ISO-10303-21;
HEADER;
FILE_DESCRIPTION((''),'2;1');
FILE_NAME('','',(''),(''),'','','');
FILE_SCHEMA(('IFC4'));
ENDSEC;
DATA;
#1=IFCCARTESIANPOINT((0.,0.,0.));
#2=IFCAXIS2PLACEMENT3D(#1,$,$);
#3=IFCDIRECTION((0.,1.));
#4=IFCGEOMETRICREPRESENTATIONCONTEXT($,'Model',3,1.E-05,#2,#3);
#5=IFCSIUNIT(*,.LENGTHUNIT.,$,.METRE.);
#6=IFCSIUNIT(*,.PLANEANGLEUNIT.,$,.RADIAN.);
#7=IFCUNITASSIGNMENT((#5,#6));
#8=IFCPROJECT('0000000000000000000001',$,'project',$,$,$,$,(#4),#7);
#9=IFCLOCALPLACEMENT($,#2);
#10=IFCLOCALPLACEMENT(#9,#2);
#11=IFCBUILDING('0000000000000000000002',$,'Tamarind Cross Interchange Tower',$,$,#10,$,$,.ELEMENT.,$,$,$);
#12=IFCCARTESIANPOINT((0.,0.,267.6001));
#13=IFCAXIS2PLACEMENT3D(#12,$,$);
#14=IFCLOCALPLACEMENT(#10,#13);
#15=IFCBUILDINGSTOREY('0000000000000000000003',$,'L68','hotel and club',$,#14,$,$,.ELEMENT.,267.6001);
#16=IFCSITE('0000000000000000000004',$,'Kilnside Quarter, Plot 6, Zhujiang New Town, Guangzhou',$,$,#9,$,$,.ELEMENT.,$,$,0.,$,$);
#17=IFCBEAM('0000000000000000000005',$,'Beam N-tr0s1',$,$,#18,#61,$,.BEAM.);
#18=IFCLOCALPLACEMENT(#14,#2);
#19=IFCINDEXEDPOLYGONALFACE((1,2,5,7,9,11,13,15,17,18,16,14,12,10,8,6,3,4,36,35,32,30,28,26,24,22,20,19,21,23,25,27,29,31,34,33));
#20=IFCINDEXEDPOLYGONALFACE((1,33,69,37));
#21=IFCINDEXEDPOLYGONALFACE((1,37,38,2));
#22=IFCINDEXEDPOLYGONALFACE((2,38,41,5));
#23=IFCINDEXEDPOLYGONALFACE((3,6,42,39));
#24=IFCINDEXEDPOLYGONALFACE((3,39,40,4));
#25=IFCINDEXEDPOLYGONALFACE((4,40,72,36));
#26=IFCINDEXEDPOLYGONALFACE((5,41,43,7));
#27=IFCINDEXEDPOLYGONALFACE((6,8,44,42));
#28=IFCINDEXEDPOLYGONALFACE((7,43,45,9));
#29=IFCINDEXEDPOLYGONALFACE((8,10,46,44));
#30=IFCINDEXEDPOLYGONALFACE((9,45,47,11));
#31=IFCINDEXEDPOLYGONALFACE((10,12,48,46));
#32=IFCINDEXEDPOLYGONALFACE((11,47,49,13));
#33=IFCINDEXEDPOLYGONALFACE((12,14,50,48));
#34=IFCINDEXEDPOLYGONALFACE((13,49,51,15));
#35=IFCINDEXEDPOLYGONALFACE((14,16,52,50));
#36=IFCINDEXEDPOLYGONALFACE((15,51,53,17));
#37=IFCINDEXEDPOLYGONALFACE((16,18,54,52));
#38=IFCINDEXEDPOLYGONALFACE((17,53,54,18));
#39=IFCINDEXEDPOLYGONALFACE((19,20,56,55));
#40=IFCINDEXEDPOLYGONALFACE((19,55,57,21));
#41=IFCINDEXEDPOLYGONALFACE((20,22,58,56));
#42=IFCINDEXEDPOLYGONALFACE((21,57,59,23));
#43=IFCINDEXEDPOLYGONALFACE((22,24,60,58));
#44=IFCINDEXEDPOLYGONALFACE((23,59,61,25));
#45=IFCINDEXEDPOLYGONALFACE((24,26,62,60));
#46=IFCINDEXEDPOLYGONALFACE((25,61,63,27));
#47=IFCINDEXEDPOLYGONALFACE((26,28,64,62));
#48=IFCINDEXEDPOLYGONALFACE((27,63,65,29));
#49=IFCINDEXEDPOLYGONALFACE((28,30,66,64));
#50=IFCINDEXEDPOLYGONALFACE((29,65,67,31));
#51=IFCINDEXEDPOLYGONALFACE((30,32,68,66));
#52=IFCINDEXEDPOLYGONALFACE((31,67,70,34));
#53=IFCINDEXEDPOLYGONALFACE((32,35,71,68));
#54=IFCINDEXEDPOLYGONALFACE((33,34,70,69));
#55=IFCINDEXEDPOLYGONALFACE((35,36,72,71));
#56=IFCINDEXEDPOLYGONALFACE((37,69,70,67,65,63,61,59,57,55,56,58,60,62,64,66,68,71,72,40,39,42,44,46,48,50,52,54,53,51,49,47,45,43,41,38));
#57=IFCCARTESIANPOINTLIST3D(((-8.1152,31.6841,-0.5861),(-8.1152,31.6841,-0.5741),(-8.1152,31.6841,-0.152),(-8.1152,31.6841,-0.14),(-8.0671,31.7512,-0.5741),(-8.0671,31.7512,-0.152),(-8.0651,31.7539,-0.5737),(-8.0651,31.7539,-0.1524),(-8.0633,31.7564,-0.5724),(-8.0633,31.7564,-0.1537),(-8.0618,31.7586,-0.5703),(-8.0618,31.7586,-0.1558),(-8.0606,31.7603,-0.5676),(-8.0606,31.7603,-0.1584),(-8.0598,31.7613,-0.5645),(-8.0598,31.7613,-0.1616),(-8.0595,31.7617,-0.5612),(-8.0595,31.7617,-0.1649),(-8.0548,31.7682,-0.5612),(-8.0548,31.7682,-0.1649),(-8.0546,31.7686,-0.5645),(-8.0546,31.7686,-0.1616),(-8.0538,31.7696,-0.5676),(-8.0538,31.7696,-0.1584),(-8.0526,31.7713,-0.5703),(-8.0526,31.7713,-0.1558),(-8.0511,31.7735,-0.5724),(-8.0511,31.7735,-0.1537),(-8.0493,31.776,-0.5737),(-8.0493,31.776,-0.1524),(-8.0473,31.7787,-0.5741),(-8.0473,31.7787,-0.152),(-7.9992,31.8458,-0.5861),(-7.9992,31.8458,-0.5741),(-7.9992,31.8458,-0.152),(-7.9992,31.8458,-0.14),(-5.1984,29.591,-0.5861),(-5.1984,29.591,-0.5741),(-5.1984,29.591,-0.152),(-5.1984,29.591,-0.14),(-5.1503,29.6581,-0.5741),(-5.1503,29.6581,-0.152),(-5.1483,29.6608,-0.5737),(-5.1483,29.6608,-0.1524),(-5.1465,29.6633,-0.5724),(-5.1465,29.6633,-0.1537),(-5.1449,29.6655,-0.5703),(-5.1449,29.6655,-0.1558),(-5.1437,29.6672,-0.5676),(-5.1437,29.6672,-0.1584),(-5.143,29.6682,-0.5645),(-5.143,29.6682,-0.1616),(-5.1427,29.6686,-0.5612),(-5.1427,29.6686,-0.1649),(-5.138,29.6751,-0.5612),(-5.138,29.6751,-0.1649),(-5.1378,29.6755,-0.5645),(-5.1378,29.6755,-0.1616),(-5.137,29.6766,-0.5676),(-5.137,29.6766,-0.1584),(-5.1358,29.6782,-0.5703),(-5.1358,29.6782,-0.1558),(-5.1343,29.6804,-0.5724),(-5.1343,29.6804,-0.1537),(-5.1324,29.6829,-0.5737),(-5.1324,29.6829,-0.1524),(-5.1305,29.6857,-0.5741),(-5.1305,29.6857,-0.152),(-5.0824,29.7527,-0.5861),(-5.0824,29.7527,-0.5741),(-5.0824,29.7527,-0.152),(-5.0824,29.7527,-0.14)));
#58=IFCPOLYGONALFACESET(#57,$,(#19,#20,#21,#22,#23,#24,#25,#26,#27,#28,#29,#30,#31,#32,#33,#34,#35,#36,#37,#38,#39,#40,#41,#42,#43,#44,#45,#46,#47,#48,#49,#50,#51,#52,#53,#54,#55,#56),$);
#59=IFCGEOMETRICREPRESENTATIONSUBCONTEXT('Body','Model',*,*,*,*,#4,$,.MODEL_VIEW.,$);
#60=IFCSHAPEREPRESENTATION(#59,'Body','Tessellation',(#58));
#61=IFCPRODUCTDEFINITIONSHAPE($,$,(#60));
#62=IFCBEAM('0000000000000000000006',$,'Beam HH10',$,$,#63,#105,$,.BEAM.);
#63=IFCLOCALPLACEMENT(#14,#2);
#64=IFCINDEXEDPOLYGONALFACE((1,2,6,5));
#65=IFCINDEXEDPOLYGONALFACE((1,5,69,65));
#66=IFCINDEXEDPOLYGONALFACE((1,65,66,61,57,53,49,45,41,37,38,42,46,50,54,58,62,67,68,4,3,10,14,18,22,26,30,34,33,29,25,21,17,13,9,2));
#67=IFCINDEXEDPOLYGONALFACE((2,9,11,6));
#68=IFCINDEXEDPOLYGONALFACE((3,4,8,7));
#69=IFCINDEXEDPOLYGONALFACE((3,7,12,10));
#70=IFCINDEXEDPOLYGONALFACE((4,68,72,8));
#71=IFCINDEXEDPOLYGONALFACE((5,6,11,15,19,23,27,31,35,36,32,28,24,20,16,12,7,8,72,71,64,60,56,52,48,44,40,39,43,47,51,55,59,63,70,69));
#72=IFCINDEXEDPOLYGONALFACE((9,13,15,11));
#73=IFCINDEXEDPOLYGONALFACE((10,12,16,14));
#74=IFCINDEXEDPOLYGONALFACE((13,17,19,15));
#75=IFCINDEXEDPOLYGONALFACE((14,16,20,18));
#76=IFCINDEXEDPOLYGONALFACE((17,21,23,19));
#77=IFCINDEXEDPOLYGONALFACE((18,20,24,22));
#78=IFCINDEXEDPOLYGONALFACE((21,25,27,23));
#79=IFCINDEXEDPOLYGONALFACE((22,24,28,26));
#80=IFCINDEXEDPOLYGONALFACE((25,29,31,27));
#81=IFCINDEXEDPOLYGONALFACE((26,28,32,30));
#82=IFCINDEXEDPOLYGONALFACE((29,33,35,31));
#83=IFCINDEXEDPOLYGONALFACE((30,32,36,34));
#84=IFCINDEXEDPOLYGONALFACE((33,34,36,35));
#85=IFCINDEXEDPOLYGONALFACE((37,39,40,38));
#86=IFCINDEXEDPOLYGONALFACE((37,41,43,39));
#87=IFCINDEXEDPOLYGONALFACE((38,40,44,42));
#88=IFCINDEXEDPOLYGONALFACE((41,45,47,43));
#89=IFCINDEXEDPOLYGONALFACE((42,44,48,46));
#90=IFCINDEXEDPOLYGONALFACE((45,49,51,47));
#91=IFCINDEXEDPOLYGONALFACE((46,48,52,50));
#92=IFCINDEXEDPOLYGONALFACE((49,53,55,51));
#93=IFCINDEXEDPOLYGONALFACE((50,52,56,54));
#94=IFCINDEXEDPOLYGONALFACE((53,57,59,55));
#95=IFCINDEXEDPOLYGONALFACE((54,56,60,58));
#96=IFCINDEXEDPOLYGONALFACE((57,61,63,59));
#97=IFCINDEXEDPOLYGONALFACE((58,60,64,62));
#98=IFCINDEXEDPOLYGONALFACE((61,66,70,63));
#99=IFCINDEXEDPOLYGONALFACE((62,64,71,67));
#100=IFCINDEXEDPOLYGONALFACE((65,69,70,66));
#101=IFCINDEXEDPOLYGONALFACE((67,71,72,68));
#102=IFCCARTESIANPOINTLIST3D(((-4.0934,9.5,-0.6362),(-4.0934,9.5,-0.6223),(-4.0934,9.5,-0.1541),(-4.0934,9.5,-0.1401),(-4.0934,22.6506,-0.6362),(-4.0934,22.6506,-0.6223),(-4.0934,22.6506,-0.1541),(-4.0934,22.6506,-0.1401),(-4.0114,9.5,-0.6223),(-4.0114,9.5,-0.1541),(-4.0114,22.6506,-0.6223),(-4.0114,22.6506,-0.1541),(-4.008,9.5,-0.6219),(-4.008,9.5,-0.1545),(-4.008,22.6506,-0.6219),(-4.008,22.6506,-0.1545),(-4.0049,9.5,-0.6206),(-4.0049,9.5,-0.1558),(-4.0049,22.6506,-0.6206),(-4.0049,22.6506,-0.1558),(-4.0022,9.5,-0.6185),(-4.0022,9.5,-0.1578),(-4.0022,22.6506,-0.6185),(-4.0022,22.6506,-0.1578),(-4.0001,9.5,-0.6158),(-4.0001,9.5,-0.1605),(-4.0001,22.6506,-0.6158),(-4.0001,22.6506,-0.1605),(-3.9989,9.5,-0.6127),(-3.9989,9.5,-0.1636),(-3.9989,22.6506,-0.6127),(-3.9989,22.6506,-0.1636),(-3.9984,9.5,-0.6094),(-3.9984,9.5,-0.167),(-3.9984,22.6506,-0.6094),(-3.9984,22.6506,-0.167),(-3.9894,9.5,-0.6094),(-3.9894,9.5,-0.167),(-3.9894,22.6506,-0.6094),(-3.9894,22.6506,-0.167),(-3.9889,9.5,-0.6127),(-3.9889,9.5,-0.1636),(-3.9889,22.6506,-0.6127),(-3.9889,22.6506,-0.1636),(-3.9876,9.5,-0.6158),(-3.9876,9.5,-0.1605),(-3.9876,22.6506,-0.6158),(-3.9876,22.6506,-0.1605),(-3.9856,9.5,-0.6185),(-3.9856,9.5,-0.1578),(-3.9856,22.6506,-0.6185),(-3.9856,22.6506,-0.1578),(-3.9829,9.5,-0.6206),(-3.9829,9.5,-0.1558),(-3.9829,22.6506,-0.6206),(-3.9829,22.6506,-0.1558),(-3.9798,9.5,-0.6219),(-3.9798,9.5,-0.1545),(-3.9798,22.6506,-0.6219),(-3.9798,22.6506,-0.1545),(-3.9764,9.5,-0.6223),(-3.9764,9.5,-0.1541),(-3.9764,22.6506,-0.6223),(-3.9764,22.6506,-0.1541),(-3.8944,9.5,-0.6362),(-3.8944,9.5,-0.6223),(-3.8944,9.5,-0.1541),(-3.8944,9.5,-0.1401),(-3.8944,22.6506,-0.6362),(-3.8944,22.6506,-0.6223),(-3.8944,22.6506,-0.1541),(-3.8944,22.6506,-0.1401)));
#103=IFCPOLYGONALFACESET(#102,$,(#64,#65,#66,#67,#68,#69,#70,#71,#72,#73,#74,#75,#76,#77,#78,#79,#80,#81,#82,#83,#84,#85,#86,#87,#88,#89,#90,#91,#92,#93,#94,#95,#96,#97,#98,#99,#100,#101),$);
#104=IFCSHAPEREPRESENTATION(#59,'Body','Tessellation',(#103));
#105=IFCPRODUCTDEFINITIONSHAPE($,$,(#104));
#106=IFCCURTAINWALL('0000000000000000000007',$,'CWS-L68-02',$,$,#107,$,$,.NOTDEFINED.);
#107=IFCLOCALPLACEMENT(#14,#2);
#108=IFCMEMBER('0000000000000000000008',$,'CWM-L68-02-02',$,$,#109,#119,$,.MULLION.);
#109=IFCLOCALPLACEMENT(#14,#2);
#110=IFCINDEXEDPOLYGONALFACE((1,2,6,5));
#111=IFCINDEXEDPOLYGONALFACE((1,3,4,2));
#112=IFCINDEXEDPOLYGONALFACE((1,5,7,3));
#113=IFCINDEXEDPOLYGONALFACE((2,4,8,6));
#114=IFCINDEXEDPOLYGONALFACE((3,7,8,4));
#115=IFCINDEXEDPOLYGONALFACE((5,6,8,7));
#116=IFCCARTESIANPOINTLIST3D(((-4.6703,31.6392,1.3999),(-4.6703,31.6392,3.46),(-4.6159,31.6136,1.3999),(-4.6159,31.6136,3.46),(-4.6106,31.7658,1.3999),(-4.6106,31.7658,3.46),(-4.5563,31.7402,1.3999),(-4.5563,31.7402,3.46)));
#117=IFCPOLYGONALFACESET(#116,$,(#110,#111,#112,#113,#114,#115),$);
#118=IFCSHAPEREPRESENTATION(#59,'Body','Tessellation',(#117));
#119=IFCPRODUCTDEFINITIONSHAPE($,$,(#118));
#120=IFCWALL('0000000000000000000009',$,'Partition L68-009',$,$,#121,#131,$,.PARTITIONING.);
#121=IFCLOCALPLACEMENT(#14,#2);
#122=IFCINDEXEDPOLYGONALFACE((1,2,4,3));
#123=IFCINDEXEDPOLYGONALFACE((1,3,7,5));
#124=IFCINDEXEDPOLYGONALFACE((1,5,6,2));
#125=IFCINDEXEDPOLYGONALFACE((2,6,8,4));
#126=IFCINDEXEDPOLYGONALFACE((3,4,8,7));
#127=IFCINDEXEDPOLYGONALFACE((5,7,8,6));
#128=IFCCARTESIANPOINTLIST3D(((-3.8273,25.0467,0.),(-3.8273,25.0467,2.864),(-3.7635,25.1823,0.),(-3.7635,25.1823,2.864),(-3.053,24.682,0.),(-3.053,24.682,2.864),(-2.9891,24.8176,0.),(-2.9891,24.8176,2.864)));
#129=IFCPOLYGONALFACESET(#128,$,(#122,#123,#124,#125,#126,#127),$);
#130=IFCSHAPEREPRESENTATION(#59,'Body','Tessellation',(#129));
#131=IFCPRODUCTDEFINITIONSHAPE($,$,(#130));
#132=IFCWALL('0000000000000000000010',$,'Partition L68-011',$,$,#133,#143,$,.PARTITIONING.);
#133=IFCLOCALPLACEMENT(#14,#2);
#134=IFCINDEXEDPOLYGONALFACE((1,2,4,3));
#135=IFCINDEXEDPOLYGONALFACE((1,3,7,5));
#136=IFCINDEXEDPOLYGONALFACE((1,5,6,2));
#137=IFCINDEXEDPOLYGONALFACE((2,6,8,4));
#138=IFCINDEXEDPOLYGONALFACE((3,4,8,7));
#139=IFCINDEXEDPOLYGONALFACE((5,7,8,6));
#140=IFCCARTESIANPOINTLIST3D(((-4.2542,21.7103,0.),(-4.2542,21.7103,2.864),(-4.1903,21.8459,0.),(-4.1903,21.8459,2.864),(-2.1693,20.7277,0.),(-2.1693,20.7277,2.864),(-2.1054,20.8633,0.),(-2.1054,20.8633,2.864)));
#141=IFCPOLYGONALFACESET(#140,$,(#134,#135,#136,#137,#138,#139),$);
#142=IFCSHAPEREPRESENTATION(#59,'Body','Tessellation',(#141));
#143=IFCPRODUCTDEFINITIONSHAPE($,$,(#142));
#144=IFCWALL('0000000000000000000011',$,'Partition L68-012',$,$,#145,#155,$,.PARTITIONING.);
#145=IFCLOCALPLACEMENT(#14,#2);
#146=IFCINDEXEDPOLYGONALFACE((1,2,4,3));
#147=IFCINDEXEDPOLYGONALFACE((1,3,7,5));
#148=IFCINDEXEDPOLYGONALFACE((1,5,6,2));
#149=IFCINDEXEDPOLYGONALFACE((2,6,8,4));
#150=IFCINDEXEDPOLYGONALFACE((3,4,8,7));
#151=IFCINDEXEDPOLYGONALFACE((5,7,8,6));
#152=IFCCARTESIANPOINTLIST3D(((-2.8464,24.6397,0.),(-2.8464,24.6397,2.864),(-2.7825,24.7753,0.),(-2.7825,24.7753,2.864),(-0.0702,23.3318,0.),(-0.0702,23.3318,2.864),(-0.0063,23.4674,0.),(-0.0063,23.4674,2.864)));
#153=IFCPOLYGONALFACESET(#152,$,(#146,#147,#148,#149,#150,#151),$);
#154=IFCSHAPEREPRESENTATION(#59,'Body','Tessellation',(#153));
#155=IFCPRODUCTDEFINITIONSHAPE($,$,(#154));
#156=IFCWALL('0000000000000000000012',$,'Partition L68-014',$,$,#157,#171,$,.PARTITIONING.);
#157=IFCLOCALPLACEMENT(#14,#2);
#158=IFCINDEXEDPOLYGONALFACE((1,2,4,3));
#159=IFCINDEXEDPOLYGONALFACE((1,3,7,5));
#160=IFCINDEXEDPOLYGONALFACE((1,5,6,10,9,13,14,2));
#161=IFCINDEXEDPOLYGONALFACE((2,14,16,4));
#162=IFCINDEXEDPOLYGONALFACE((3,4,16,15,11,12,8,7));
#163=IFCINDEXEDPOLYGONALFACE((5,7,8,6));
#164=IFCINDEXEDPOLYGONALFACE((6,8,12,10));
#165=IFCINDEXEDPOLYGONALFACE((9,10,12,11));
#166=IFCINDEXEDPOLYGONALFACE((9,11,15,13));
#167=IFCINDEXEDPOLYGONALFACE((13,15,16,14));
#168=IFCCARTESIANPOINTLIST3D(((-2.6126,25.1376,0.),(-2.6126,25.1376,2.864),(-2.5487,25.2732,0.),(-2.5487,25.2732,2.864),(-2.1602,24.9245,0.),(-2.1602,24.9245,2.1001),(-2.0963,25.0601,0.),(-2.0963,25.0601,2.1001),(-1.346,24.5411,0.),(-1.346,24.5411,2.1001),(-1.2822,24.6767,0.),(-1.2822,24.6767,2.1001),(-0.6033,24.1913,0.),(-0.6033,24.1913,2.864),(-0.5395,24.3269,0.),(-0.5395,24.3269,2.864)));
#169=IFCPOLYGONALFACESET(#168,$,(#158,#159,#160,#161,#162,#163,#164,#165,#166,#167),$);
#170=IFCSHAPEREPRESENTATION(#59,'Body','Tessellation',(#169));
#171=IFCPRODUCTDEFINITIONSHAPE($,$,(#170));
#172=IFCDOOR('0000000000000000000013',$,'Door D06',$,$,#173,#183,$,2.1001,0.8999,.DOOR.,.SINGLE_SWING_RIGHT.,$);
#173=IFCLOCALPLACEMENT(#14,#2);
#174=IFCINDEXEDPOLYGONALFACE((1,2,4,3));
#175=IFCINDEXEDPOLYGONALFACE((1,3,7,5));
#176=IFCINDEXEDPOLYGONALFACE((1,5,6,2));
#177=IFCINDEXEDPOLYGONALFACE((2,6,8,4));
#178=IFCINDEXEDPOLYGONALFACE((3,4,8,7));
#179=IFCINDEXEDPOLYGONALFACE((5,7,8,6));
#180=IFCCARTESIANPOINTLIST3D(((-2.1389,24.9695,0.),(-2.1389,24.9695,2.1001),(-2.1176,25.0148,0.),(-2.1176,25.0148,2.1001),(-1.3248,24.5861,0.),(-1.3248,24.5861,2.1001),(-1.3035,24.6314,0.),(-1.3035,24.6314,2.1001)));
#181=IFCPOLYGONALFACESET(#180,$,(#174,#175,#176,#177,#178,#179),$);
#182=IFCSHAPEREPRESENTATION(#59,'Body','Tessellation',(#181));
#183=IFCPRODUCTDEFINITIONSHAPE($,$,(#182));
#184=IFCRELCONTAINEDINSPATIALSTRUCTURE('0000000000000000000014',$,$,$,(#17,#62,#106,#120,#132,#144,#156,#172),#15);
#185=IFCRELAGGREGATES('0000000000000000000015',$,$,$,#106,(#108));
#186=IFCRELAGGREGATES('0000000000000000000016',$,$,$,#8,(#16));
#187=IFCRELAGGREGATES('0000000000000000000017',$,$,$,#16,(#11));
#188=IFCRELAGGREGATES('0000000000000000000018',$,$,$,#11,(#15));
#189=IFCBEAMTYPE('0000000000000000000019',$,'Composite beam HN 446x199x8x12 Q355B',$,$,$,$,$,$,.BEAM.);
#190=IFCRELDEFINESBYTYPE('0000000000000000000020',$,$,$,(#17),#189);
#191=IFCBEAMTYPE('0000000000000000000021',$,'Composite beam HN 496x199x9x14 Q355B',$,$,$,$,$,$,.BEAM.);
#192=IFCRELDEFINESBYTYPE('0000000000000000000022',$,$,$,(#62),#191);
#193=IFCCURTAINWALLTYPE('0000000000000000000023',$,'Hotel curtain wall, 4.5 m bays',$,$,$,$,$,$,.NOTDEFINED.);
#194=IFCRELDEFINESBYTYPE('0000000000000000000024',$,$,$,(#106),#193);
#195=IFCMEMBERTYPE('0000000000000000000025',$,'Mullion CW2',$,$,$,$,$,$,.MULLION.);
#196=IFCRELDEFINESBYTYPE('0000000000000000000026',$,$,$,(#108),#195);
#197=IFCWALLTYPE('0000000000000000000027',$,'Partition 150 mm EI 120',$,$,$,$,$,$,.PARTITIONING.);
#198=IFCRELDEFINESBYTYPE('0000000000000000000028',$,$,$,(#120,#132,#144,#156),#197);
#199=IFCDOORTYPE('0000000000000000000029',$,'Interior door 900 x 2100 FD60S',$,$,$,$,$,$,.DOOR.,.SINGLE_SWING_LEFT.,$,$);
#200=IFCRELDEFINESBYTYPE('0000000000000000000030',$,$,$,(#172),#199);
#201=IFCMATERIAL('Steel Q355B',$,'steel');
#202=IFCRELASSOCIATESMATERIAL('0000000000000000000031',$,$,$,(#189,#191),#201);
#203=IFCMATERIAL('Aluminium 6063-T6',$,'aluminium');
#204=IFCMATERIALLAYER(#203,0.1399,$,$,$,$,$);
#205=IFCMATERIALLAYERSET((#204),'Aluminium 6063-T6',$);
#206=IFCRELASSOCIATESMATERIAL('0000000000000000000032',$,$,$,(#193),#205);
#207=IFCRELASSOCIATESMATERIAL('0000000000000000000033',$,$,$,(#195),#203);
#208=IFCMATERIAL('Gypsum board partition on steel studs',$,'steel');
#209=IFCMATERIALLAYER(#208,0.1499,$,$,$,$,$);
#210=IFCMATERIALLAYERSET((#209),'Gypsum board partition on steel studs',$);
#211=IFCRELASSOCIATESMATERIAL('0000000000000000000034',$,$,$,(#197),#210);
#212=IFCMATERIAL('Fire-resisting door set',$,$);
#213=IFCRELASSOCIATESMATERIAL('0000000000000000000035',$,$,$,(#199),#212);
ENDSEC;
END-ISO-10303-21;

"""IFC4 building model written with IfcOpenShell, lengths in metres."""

from ifc_helpers import new_model, si_unit, direction, frame, frame_2d, origin, origin_2d, place, context, subcontext, project, spatial, rectangle, i_section, extrude, material, layer, layer_set, material_profile, profile_set, type_object, element, fill, aggregate, save


model = new_model("IFC4")

# Units and contexts
model_context = context("Model", 3, precision=1e-05, world=origin(), true_north=direction((0.0, 1.0)))
body_context = subcontext(model_context, "Body", "Model", "MODEL_VIEW")
ifc_project = project(units=[si_unit("LENGTHUNIT", "METRE"), si_unit("PLANEANGLEUNIT", "RADIAN")], contexts=[model_context])

# Site, building, storey
site_placement = place(None, origin())
site = spatial("IfcSite", under=ifc_project, at=site_placement, Name="Kilnside Quarter, Plot 6, Zhujiang New Town, Guangzhou", CompositionType="ELEMENT", RefElevation=0.0)
building_placement = place(site_placement, origin())
building = spatial("IfcBuilding", under=site, at=building_placement, Name="Tamarind Cross Interchange Tower", CompositionType="ELEMENT")
storey_placement = place(building_placement, frame((0.0, 0.0, 267.6001)))
storey = spatial("IfcBuildingStorey", under=building, at=storey_placement, Name="L68", Description="hotel and club", CompositionType="ELEMENT", Elevation=267.6001)

# Beams
ifc_material_1 = material(Name="Steel Q355B", Category="steel")
ifc_material_profile_1 = material_profile(ifc_material_1, i_section(OverallWidth=0.199, OverallDepth=0.446, WebThickness=0.0081, FlangeThickness=0.012, FilletRadius=0.0129, at=origin_2d()), Name="HN 446x199x8x12")
ifc_profile_set_1 = profile_set([ifc_material_profile_1], Name="Steel Q355B")
beam_type_1 = type_object("IfcBeamType", Name="Composite beam HN 446x199x8x12 Q355B", PredefinedType="BEAM", material=ifc_profile_set_1)
beam_1_placement = place(storey_placement, frame((-5.1404, 29.6719, -0.363), z_axis=(-0.812463, 0.583012, 0.0), x_axis=(-0.583012, -0.812463, 0.0)))
element("IfcBeam", 1, at=beam_1_placement, inside=storey, type_object=beam_type_1, Name="Beam N-tr0s1", PredefinedType="BEAM", context=body_context, shape_type="SweptSolid", body=[
    extrude(i_section(OverallWidth=0.199, OverallDepth=0.446, WebThickness=0.0081, FlangeThickness=0.012, FilletRadius=0.0129, at=origin_2d()), origin(), (0.0, 0.0, 1.0), 3.5901),
])
ifc_material_profile_2 = material_profile(ifc_material_1, i_section(OverallWidth=0.199, OverallDepth=0.4961, WebThickness=0.009, FlangeThickness=0.0139, FilletRadius=0.0129, at=origin_2d()), Name="HN 496x199x9x14")
ifc_profile_set_2 = profile_set([ifc_material_profile_2], Name="Steel Q355B")
beam_type_2 = type_object("IfcBeamType", Name="Composite beam HN 496x199x9x14 Q355B", PredefinedType="BEAM", material=ifc_profile_set_2)
beam_2_placement = place(storey_placement, frame((-3.9939, 22.6506, -0.3882), z_axis=(0.0, -1.0, 0.0), x_axis=(1.0, 0.0, 0.0)))
element("IfcBeam", 2, at=beam_2_placement, inside=storey, type_object=beam_type_2, Name="Beam HH10", PredefinedType="BEAM", context=body_context, shape_type="SweptSolid", body=[
    extrude(i_section(OverallWidth=0.199, OverallDepth=0.4961, WebThickness=0.009, FlangeThickness=0.0139, FilletRadius=0.0129, at=origin_2d()), origin(), (0.0, 0.0, 1.0), 13.1506),
])

# Curtain wall, member
ifc_material_2 = material(Name="Aluminium 6063-T6", Category="aluminium")
ifc_layer_1 = layer(ifc_material_2, 0.1399)
ifc_layer_set_1 = layer_set([ifc_layer_1], Name="Aluminium 6063-T6")
curtain_wall_type = type_object("IfcCurtainWallType", Name="Hotel curtain wall, 4.5 m bays", PredefinedType="NOTDEFINED", material=ifc_layer_set_1)
curtain_wall_placement = place(storey_placement, origin())
curtain_wall = element("IfcCurtainWall", 3, at=curtain_wall_placement, inside=storey, type_object=curtain_wall_type, Name="CWS-L68-02", PredefinedType="NOTDEFINED")
ifc_material_profile_3 = material_profile(ifc_material_2, rectangle(XDim=0.0601, YDim=0.1399, at=origin_2d()), Name="Mullion CW2")
ifc_profile_set_3 = profile_set([ifc_material_profile_3], Name="Aluminium 6063-T6")
member_type = type_object("IfcMemberType", Name="Mullion CW2", PredefinedType="MULLION", material=ifc_profile_set_3)
member_placement = place(storey_placement, frame((-4.6133, 31.6897, 1.3999), z_axis=(0.0, 0.0, 1.0), x_axis=(-0.904661, 0.426133, 0.0)))
member = element("IfcMember", 4, at=member_placement, type_object=member_type, Name="CWM-L68-02-02", PredefinedType="MULLION", context=body_context, shape_type="SweptSolid", body=[
    extrude(rectangle(XDim=0.0601, YDim=0.1399, at=origin_2d()), origin(), (0.0, 0.0, 1.0), 2.0601),
])
aggregate(curtain_wall, [member])

# Walls
ifc_material_3 = material(Name="Gypsum board partition on steel studs", Category="steel")
ifc_layer_2 = layer(ifc_material_3, 0.1499)
ifc_layer_set_2 = layer_set([ifc_layer_2], Name="Gypsum board partition on steel studs")
wall_type_1 = type_object("IfcWallType", Name="Partition 150 mm EI 120", PredefinedType="PARTITIONING", material=ifc_layer_set_2)
wall_1_placement = place(storey_placement, frame((-3.7954, 25.1145, 0.0), z_axis=(0.0, 0.0, 1.0), x_axis=(0.904676, -0.426099, 0.0)))
element("IfcWall", 5, at=wall_1_placement, inside=storey, type_object=wall_type_1, Name="Partition L68-009", PredefinedType="PARTITIONING", context=body_context, shape_type="SweptSolid", body=[
    extrude(rectangle(XDim=0.856, YDim=0.1499, at=frame_2d((0.428, 0.0))), origin(), (0.0, 0.0, 1.0), 2.864),
])
wall_2_placement = place(storey_placement, frame((-4.2222, 21.7781, 0.0), z_axis=(0.0, 0.0, 1.0), x_axis=(0.904566, -0.426333, 0.0)))
element("IfcWall", 6, at=wall_2_placement, inside=storey, type_object=wall_type_1, Name="Partition L68-011", PredefinedType="PARTITIONING", context=body_context, shape_type="SweptSolid", body=[
    extrude(rectangle(XDim=2.3049, YDim=0.1499, at=frame_2d((1.1523, 0.0))), origin(), (0.0, 0.0, 1.0), 2.864),
])
wall_3_placement = place(storey_placement, frame((-2.8145, 24.7075, 0.0), z_axis=(0.0, 0.0, 1.0), x_axis=(0.904637, -0.426184, 0.0)))
element("IfcWall", 7, at=wall_3_placement, inside=storey, type_object=wall_type_1, Name="Partition L68-012", PredefinedType="PARTITIONING", context=body_context, shape_type="SweptSolid", body=[
    extrude(rectangle(XDim=3.0688, YDim=0.1499, at=frame_2d((1.5344, 0.0))), origin(), (0.0, 0.0, 1.0), 2.864),
])

# Wall, opening, door
wall_4_placement = place(storey_placement, frame((-2.5806, 25.2053, 0.0), z_axis=(0.0, 0.0, 1.0), x_axis=(0.904689, -0.426072, 0.0)))
wall_4 = element("IfcWall", 8, at=wall_4_placement, inside=storey, type_object=wall_type_1, Name="Partition L68-014", PredefinedType="PARTITIONING", context=body_context, shape_type="SweptSolid", body=[
    extrude(rectangle(XDim=2.2209, YDim=0.1499, at=frame_2d((1.1104, 0.0))), origin(), (0.0, 0.0, 1.0), 2.864),
])
opening_1_placement = place(wall_4_placement, frame((0.5, 0.0, 0.0)))
opening_1 = element("IfcOpeningElement", 9, at=opening_1_placement, cuts=wall_4, PredefinedType="OPENING", context=body_context, shape_type="SweptSolid", body=[
    extrude(rectangle(XDim=0.8999, YDim=2.1001, at=frame_2d((0.45, 1.05))), frame((0.0, 0.085, 0.0), z_axis=(0.0, -1.0, 0.0), x_axis=(1.0, 0.0, 0.0)), (0.0, 0.0, 1.0), 0.1699),
])
ifc_material_4 = material(Name="Fire-resisting door set")
door_type_1 = type_object("IfcDoorType", Name="Interior door 900 x 2100 FD60S", OperationType="SINGLE_SWING_LEFT", PredefinedType="DOOR", material=ifc_material_4)
door_1_placement = place(opening_1_placement, origin())
door_1 = element("IfcDoor", 10, at=door_1_placement, inside=storey, type_object=door_type_1, Name="Door D06", OperationType="SINGLE_SWING_RIGHT", OverallHeight=2.1001, OverallWidth=0.8999, PredefinedType="DOOR", context=body_context, shape_type="SweptSolid", body=[
    extrude(rectangle(XDim=0.8999, YDim=2.1001, at=frame_2d((0.45, 1.05))), frame((0.0, 0.0249, 0.0), z_axis=(0.0, -1.0, 0.0), x_axis=(1.0, 0.0, 0.0)), (0.0, 0.0, 1.0), 0.05),
])
fill(opening_1, door_1)

save(model, "model.ifc")
